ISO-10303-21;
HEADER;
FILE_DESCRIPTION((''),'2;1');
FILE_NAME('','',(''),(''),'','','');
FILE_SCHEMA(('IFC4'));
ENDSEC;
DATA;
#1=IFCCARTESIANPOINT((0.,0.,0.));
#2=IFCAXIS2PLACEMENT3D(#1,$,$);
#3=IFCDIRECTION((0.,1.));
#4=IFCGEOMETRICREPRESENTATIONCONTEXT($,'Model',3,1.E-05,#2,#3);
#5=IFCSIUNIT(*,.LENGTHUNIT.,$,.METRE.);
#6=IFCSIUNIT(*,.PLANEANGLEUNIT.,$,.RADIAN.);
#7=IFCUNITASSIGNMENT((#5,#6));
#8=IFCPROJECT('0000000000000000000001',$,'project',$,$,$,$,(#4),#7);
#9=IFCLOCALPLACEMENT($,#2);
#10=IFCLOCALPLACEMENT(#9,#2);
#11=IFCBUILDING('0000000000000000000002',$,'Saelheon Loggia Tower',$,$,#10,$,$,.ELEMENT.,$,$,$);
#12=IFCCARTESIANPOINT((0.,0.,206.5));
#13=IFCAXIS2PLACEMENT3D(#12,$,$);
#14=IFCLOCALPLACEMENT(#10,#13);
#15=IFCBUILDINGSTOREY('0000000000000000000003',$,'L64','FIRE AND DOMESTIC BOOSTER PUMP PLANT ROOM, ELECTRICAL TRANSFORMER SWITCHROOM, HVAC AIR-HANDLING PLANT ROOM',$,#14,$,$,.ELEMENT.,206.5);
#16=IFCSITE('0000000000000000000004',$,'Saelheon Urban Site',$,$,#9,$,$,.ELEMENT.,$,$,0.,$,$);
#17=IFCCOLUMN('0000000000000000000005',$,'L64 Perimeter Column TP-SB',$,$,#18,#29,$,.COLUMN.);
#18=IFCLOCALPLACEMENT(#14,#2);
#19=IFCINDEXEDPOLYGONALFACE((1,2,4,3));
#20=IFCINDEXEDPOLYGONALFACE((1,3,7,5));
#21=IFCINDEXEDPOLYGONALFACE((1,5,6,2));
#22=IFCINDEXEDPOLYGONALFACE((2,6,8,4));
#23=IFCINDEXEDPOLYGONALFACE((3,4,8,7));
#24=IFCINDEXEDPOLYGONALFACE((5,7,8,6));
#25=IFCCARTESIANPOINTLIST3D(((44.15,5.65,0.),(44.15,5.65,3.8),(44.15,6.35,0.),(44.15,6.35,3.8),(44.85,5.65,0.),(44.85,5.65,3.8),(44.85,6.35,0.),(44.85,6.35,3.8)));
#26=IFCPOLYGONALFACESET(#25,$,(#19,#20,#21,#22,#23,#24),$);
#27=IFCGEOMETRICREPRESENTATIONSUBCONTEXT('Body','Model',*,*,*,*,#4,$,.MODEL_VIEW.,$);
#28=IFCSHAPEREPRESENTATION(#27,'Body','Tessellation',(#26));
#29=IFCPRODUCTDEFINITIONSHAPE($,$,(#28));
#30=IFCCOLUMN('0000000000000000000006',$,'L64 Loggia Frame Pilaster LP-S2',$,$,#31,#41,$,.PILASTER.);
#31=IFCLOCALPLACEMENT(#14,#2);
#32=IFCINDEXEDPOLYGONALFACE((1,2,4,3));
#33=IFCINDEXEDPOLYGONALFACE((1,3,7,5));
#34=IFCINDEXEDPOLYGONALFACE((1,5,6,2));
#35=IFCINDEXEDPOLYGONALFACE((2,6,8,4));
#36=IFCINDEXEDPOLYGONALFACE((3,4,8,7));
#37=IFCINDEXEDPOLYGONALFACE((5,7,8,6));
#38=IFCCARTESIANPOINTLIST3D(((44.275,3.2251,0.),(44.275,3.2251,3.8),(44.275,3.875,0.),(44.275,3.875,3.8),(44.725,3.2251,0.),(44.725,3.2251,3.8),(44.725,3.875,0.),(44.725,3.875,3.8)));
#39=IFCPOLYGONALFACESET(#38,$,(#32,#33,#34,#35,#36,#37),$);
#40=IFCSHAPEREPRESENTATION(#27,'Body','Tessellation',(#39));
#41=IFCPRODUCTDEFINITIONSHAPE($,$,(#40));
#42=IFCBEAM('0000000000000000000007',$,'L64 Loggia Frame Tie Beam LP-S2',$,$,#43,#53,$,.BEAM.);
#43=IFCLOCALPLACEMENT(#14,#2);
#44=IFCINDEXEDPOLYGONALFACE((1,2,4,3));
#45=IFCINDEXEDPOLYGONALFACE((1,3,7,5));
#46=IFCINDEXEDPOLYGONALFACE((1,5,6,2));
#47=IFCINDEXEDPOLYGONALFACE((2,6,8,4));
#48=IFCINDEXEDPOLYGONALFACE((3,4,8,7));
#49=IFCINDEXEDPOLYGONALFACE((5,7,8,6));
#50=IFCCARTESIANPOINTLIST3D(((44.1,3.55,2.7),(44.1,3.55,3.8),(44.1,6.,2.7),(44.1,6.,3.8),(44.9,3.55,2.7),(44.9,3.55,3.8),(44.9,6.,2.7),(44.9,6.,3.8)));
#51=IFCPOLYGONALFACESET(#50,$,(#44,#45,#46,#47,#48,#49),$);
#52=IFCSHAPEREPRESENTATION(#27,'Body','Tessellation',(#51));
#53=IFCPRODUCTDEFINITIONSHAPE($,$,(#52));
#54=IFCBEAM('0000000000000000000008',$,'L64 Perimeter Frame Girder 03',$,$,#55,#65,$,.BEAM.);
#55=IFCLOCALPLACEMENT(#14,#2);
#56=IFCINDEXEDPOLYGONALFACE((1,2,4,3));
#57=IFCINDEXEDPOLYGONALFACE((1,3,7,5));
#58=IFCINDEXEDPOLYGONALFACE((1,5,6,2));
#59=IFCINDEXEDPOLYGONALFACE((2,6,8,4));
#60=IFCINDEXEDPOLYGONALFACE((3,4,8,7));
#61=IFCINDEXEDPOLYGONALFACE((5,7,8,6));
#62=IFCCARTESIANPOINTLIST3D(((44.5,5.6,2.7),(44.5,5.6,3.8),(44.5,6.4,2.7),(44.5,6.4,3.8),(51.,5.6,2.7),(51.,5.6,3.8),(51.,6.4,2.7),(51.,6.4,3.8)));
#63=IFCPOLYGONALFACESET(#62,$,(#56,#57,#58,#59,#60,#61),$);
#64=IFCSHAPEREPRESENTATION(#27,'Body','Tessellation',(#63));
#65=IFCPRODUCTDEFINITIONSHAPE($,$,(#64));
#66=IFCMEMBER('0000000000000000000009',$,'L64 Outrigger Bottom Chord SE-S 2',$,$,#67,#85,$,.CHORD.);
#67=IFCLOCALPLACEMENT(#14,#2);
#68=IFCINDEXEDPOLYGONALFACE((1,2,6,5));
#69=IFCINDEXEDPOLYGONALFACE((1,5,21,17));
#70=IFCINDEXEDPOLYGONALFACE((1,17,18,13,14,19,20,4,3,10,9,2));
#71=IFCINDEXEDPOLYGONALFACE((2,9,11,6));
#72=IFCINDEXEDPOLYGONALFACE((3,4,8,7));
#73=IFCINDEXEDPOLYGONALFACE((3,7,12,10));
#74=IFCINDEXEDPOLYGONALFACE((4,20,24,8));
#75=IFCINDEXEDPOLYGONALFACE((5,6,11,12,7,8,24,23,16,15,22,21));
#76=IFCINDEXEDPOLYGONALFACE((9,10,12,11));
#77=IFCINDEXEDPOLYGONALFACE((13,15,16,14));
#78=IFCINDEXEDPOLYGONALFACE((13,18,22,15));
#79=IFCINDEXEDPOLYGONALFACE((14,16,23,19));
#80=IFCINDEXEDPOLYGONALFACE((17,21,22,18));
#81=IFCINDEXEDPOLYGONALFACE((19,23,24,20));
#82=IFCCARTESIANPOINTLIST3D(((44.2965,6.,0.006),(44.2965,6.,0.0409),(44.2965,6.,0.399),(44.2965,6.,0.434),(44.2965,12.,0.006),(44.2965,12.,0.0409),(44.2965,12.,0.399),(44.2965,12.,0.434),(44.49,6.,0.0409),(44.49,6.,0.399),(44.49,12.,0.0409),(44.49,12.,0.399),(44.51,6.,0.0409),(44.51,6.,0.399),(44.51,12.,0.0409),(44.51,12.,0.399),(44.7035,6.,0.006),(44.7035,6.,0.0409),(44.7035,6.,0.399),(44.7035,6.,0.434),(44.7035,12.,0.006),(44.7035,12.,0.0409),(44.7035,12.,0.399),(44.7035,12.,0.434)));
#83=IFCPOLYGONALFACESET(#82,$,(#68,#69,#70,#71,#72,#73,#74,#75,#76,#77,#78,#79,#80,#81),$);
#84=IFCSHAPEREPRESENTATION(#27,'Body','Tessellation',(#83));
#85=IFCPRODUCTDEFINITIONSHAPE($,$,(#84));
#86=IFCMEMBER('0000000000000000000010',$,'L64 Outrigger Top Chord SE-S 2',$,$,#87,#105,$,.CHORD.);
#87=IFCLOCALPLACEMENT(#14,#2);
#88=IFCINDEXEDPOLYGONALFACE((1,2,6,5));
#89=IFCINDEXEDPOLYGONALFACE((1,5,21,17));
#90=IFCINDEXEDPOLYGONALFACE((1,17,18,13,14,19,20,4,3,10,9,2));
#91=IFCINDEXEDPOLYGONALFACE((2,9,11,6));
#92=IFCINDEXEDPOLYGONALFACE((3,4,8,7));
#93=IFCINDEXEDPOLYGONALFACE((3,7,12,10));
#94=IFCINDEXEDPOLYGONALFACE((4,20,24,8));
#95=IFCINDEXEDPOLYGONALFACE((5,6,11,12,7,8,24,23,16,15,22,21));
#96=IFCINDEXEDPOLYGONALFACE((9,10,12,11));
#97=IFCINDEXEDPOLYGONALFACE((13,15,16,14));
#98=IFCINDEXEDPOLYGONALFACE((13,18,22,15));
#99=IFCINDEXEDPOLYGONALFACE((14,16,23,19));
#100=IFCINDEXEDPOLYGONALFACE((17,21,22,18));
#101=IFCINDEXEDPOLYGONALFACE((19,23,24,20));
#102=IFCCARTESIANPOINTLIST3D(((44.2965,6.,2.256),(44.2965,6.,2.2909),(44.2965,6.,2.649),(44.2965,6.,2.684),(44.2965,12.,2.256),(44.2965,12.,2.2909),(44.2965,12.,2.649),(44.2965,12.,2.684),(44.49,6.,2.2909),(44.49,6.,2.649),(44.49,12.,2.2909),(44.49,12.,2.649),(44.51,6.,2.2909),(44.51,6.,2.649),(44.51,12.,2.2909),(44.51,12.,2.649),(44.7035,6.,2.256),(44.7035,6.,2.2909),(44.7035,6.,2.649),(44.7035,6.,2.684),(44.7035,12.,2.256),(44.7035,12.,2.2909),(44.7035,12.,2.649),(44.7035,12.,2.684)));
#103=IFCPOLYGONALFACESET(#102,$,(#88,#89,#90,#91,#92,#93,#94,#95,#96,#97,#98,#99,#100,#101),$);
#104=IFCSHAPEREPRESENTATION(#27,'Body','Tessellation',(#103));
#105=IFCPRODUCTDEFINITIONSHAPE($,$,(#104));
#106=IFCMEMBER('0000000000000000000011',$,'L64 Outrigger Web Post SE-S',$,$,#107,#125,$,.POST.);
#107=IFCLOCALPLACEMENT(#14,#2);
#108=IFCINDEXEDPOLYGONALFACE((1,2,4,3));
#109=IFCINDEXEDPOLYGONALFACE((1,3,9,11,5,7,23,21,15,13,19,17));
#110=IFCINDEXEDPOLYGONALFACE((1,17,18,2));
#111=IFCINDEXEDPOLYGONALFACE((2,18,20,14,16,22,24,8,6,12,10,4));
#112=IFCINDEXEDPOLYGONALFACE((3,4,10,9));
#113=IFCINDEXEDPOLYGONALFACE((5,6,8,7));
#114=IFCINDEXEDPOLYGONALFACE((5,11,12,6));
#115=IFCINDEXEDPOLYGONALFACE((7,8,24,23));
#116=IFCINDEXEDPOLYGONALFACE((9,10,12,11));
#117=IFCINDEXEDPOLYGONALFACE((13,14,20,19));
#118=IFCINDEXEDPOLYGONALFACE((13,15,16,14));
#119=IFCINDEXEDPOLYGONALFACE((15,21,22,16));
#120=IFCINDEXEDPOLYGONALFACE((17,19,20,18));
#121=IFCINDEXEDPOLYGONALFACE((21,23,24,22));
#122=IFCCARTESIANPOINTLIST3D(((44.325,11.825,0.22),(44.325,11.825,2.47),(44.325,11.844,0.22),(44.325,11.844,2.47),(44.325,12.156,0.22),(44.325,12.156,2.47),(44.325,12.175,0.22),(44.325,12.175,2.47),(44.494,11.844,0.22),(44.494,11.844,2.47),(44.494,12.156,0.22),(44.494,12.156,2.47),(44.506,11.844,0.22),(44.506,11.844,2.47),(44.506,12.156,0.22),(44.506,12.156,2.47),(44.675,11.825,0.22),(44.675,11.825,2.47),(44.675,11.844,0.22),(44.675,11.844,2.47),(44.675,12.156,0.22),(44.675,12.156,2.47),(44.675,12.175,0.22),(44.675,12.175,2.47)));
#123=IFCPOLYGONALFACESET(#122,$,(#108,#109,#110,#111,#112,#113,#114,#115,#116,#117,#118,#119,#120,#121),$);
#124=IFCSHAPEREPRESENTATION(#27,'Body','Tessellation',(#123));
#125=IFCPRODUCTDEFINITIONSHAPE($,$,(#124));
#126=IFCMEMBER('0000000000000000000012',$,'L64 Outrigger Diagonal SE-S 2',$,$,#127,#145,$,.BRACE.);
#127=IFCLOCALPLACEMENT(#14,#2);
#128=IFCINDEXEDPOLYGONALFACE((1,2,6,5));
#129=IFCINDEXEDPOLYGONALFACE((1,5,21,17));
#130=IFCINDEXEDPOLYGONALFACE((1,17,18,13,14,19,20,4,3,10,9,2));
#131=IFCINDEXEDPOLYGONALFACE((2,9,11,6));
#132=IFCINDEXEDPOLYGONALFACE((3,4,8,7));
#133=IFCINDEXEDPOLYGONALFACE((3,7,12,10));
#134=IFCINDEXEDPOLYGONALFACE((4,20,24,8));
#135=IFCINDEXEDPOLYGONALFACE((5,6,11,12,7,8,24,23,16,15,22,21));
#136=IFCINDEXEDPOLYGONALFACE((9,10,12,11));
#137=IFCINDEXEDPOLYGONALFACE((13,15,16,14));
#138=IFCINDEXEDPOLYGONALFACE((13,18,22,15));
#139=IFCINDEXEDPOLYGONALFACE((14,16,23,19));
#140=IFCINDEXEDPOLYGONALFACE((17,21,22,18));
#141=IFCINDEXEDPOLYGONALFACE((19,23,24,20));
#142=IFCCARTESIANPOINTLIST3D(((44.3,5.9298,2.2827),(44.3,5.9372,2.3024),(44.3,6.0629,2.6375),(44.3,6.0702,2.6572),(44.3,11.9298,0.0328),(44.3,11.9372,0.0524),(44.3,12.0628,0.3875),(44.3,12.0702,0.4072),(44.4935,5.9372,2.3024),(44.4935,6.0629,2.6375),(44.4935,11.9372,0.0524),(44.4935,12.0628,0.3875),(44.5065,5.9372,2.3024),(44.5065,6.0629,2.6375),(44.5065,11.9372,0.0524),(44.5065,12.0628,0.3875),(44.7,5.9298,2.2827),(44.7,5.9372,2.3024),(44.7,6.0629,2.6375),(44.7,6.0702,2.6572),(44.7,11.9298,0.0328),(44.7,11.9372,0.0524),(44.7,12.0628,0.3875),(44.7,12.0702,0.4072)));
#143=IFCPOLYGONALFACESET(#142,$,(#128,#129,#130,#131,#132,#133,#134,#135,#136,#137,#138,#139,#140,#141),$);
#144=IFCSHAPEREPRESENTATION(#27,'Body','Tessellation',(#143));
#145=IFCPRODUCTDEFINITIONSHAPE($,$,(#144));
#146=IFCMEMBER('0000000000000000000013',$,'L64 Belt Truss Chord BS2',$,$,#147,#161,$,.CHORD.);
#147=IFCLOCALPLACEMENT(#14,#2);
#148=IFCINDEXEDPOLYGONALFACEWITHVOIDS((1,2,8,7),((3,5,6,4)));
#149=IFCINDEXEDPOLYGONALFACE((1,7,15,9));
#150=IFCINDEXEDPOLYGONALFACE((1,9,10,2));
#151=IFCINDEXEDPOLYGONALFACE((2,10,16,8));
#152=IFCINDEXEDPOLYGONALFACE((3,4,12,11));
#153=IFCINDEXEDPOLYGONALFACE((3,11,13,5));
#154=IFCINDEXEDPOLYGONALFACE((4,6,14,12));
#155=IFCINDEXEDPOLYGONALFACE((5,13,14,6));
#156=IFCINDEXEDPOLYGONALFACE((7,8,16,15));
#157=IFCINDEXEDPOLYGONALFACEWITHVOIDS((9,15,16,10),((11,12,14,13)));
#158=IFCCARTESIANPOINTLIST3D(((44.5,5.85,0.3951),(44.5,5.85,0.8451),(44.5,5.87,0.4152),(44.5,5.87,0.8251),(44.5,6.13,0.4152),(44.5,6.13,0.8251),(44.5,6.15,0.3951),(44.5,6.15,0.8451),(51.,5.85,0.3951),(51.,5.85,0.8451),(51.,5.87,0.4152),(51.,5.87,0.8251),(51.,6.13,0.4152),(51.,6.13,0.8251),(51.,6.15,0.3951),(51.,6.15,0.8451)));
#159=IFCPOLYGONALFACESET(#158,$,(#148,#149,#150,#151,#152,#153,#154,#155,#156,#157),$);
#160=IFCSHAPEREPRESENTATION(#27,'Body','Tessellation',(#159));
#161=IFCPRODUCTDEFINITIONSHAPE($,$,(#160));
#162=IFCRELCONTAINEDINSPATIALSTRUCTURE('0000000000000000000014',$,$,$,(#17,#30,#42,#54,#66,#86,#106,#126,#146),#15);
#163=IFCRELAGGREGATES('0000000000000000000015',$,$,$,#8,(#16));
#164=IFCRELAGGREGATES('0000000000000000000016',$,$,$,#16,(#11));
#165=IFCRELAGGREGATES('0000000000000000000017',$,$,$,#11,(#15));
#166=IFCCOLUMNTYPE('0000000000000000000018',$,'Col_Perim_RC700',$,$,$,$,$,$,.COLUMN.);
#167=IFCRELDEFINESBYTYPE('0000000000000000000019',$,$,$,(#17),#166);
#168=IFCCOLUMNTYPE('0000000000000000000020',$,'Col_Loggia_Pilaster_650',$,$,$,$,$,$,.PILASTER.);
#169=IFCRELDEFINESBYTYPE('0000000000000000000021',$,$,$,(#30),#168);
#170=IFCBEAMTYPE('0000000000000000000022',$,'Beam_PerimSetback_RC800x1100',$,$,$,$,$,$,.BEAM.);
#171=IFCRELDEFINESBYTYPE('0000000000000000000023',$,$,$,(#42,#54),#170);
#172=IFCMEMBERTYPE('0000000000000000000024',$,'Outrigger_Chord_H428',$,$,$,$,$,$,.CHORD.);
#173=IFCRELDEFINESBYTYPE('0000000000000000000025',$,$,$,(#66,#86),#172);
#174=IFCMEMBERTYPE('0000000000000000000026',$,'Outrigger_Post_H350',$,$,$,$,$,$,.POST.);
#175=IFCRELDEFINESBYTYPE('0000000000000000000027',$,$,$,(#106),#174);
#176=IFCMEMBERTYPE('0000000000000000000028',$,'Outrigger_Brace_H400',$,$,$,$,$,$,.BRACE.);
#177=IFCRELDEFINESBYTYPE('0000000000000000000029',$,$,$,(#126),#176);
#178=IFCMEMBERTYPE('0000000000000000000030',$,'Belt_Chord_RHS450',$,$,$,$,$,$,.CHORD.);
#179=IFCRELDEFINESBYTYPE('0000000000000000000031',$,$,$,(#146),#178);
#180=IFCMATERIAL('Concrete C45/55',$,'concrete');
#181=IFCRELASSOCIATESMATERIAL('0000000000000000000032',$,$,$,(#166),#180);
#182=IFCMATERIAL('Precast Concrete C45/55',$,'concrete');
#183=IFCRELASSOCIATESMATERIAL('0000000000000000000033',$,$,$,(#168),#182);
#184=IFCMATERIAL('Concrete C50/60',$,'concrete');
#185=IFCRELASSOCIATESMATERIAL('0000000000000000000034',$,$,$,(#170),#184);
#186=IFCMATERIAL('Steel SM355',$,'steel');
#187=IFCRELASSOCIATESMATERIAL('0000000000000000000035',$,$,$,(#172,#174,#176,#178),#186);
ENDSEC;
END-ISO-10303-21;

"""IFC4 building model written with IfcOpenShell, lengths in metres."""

from ifc_helpers import new_model, si_unit, direction, frame, origin, origin_2d, place, context, subcontext, project, spatial, rectangle, hollow_rectangle, i_section, extrude, source, transform, mapped, material, material_profile, profile_set, type_object, element, save


model = new_model("IFC4")

# Units and contexts
model_context = context("Model", 3, precision=1e-05, world=origin(), true_north=direction((0.0, 1.0)))
body_context = subcontext(model_context, "Body", "Model", "MODEL_VIEW")
ifc_project = project(units=[si_unit("LENGTHUNIT", "METRE"), si_unit("PLANEANGLEUNIT", "RADIAN")], contexts=[model_context])

# Site, building, storey
site_placement = place(None, origin())
site = spatial("IfcSite", under=ifc_project, at=site_placement, Name="Saelheon Urban Site", CompositionType="ELEMENT", RefElevation=0.0)
building_placement = place(site_placement, origin())
building = spatial("IfcBuilding", under=site, at=building_placement, Name="Saelheon Loggia Tower", CompositionType="ELEMENT")
storey_placement = place(building_placement, frame((0.0, 0.0, 206.5)))
storey = spatial("IfcBuildingStorey", under=building, at=storey_placement, Name="L64", Description="FIRE AND DOMESTIC BOOSTER PUMP PLANT ROOM, ELECTRICAL TRANSFORMER SWITCHROOM, HVAC AIR-HANDLING PLANT ROOM", CompositionType="ELEMENT", Elevation=206.5)

# Columns
ifc_material_1 = material(Name="Concrete C45/55", Category="concrete")
ifc_material_profile_1 = material_profile(ifc_material_1, rectangle(XDim=0.7, YDim=0.7, at=origin_2d()), Name="RC-700x700")
ifc_profile_set_1 = profile_set([ifc_material_profile_1], Name="Concrete C45/55")
column_type_1 = type_object("IfcColumnType", Name="Col_Perim_RC700", PredefinedType="COLUMN", material=ifc_profile_set_1)
shared_shape_1 = source(origin(), body_context, "Body", "SweptSolid", [
    extrude(rectangle(XDim=0.7, YDim=0.7, at=origin_2d()), origin(), (0.0, 0.0, 1.0), 3.8),
])
column_1_placement = place(storey_placement, frame((44.5, 6.0, 0.0), z_axis=(0.0, 0.0, 1.0), x_axis=(1.0, 0.0, 0.0)))
element("IfcColumn", 1, at=column_1_placement, inside=storey, type_object=column_type_1, Name="L64 Perimeter Column TP-SB", PredefinedType="COLUMN", context=body_context, shape_type="MappedRepresentation", body=[
    mapped(shared_shape_1, transform((0.0, 0.0, 0.0), scale=1.0)),
])
ifc_material_2 = material(Name="Precast Concrete C45/55", Category="concrete")
ifc_material_profile_2 = material_profile(ifc_material_2, rectangle(XDim=0.45, YDim=0.6499, at=origin_2d()), Name="RC-450x650")
ifc_profile_set_2 = profile_set([ifc_material_profile_2], Name="Precast Concrete C45/55")
column_type_2 = type_object("IfcColumnType", Name="Col_Loggia_Pilaster_650", PredefinedType="PILASTER", material=ifc_profile_set_2)
shared_shape_2 = source(origin(), body_context, "Body", "SweptSolid", [
    extrude(rectangle(XDim=0.45, YDim=0.6499, at=origin_2d()), origin(), (0.0, 0.0, 1.0), 3.8),
])
column_2_placement = place(storey_placement, frame((44.5, 3.55, 0.0), z_axis=(0.0, 0.0, 1.0), x_axis=(1.0, 0.0, 0.0)))
element("IfcColumn", 2, at=column_2_placement, inside=storey, type_object=column_type_2, Name="L64 Loggia Frame Pilaster LP-S2", PredefinedType="PILASTER", context=body_context, shape_type="MappedRepresentation", body=[
    mapped(shared_shape_2, transform((0.0, 0.0, 0.0), scale=1.0)),
])

# Beams
ifc_material_3 = material(Name="Concrete C50/60", Category="concrete")
ifc_material_profile_3 = material_profile(ifc_material_3, rectangle(XDim=0.8, YDim=1.1001, at=origin_2d()), Name="RC-800x1100")
ifc_profile_set_3 = profile_set([ifc_material_profile_3], Name="Concrete C50/60")
beam_type = type_object("IfcBeamType", Name="Beam_PerimSetback_RC800x1100", PredefinedType="BEAM", material=ifc_profile_set_3)
shared_shape_3 = source(origin(), body_context, "Body", "SweptSolid", [
    extrude(rectangle(XDim=0.8, YDim=1.1001, at=origin_2d()), origin(), (0.0, 0.0, 1.0), 2.45),
])
beam_1_placement = place(storey_placement, frame((44.5, 6.0, 3.25), z_axis=(0.0, -1.0, 0.0), x_axis=(1.0, 0.0, 0.0)))
element("IfcBeam", 3, at=beam_1_placement, inside=storey, type_object=beam_type, Name="L64 Loggia Frame Tie Beam LP-S2", PredefinedType="BEAM", context=body_context, shape_type="MappedRepresentation", body=[
    mapped(shared_shape_3, transform((0.0, 0.0, 0.0), scale=1.0)),
])
shared_shape_4 = source(origin(), body_context, "Body", "SweptSolid", [
    extrude(rectangle(XDim=0.8, YDim=1.1001, at=origin_2d()), origin(), (0.0, 0.0, 1.0), 6.5),
])
beam_2_placement = place(storey_placement, frame((44.5, 6.0, 3.25), z_axis=(1.0, 0.0, 0.0), x_axis=(0.0, 1.0, 0.0)))
element("IfcBeam", 4, at=beam_2_placement, inside=storey, type_object=beam_type, Name="L64 Perimeter Frame Girder 03", PredefinedType="BEAM", context=body_context, shape_type="MappedRepresentation", body=[
    mapped(shared_shape_4, transform((0.0, 0.0, 0.0), scale=1.0)),
])

# Members
ifc_material_4 = material(Name="Steel SM355", Category="steel")
ifc_material_profile_4 = material_profile(ifc_material_4, i_section(OverallWidth=0.407, OverallDepth=0.428, WebThickness=0.02, FlangeThickness=0.0349, at=origin_2d()), Name="H-428x407x20x35")
ifc_profile_set_4 = profile_set([ifc_material_profile_4], Name="Steel SM355")
member_type_1 = type_object("IfcMemberType", Name="Outrigger_Chord_H428", PredefinedType="CHORD", material=ifc_profile_set_4)
shared_shape_5 = source(origin(), body_context, "Body", "SweptSolid", [
    extrude(i_section(OverallWidth=0.407, OverallDepth=0.428, WebThickness=0.02, FlangeThickness=0.0349, at=origin_2d()), origin(), (0.0, 0.0, 1.0), 6.0),
])
for number, where, z_axis, x_axis, name in (
    (5, (44.5, 12.0, 0.22), (0.0, -1.0, 0.0), (1.0, 0.0, 0.0), "L64 Outrigger Bottom Chord SE-S 2"),
    (6, (44.5, 12.0, 2.47), (0.0, -1.0, 0.0), (1.0, 0.0, 0.0), "L64 Outrigger Top Chord SE-S 2"),
):
    element("IfcMember", number, at=place(storey_placement, frame(where, z_axis=z_axis, x_axis=x_axis)), inside=storey, type_object=member_type_1, Name=name, PredefinedType="CHORD", context=body_context, shape_type="MappedRepresentation", body=[
        mapped(shared_shape_5, transform((0.0, 0.0, 0.0), scale=1.0)),
    ])
ifc_material_profile_5 = material_profile(ifc_material_4, i_section(OverallWidth=0.3501, OverallDepth=0.3501, WebThickness=0.012, FlangeThickness=0.019, at=origin_2d()), Name="H-350x350x12x19")
ifc_profile_set_5 = profile_set([ifc_material_profile_5], Name="Steel SM355")
member_type_2 = type_object("IfcMemberType", Name="Outrigger_Post_H350", PredefinedType="POST", material=ifc_profile_set_5)
shared_shape_6 = source(origin(), body_context, "Body", "SweptSolid", [
    extrude(i_section(OverallWidth=0.3501, OverallDepth=0.3501, WebThickness=0.012, FlangeThickness=0.019, at=origin_2d()), origin(), (0.0, 0.0, 1.0), 2.25),
])
member_1_placement = place(storey_placement, frame((44.5, 12.0, 0.22), z_axis=(0.0, 0.0, 1.0), x_axis=(1.0, 0.0, 0.0)))
element("IfcMember", 7, at=member_1_placement, inside=storey, type_object=member_type_2, Name="L64 Outrigger Web Post SE-S", PredefinedType="POST", context=body_context, shape_type="MappedRepresentation", body=[
    mapped(shared_shape_6, transform((0.0, 0.0, 0.0), scale=1.0)),
])
ifc_material_profile_6 = material_profile(ifc_material_4, i_section(OverallWidth=0.3999, OverallDepth=0.3999, WebThickness=0.0129, FlangeThickness=0.021, at=origin_2d()), Name="H-400x400x13x21")
ifc_profile_set_6 = profile_set([ifc_material_profile_6], Name="Steel SM355")
member_type_3 = type_object("IfcMemberType", Name="Outrigger_Brace_H400", PredefinedType="BRACE", material=ifc_profile_set_6)
shared_shape_7 = source(origin(), body_context, "Body", "SweptSolid", [
    extrude(i_section(OverallWidth=0.3999, OverallDepth=0.3999, WebThickness=0.0129, FlangeThickness=0.021, at=origin_2d()), origin(), (0.0, 0.0, 1.0), 6.408),
])
member_2_placement = place(storey_placement, frame((44.5, 12.0, 0.22), z_axis=(0.0, -0.936329, 0.351123), x_axis=(1.0, 0.0, 0.0)))
element("IfcMember", 8, at=member_2_placement, inside=storey, type_object=member_type_3, Name="L64 Outrigger Diagonal SE-S 2", PredefinedType="BRACE", context=body_context, shape_type="MappedRepresentation", body=[
    mapped(shared_shape_7, transform((0.0, 0.0, 0.0), scale=1.0)),
])
ifc_material_profile_7 = material_profile(ifc_material_4, hollow_rectangle(XDim=0.3, YDim=0.45, WallThickness=0.02, at=origin_2d()), Name="RHS-450x300x20")
ifc_profile_set_7 = profile_set([ifc_material_profile_7], Name="Steel SM355")
member_type_4 = type_object("IfcMemberType", Name="Belt_Chord_RHS450", PredefinedType="CHORD", material=ifc_profile_set_7)
shared_shape_8 = source(origin(), body_context, "Body", "SweptSolid", [
    extrude(hollow_rectangle(XDim=0.3, YDim=0.45, WallThickness=0.02, at=origin_2d()), origin(), (0.0, 0.0, 1.0), 6.5),
])
member_3_placement = place(storey_placement, frame((44.5, 6.0, 0.6201), z_axis=(1.0, 0.0, 0.0), x_axis=(0.0, 1.0, 0.0)))
element("IfcMember", 9, at=member_3_placement, inside=storey, type_object=member_type_4, Name="L64 Belt Truss Chord BS2", PredefinedType="CHORD", context=body_context, shape_type="MappedRepresentation", body=[
    mapped(shared_shape_8, transform((0.0, 0.0, 0.0), scale=1.0)),
])

save(model, "model.ifc")
